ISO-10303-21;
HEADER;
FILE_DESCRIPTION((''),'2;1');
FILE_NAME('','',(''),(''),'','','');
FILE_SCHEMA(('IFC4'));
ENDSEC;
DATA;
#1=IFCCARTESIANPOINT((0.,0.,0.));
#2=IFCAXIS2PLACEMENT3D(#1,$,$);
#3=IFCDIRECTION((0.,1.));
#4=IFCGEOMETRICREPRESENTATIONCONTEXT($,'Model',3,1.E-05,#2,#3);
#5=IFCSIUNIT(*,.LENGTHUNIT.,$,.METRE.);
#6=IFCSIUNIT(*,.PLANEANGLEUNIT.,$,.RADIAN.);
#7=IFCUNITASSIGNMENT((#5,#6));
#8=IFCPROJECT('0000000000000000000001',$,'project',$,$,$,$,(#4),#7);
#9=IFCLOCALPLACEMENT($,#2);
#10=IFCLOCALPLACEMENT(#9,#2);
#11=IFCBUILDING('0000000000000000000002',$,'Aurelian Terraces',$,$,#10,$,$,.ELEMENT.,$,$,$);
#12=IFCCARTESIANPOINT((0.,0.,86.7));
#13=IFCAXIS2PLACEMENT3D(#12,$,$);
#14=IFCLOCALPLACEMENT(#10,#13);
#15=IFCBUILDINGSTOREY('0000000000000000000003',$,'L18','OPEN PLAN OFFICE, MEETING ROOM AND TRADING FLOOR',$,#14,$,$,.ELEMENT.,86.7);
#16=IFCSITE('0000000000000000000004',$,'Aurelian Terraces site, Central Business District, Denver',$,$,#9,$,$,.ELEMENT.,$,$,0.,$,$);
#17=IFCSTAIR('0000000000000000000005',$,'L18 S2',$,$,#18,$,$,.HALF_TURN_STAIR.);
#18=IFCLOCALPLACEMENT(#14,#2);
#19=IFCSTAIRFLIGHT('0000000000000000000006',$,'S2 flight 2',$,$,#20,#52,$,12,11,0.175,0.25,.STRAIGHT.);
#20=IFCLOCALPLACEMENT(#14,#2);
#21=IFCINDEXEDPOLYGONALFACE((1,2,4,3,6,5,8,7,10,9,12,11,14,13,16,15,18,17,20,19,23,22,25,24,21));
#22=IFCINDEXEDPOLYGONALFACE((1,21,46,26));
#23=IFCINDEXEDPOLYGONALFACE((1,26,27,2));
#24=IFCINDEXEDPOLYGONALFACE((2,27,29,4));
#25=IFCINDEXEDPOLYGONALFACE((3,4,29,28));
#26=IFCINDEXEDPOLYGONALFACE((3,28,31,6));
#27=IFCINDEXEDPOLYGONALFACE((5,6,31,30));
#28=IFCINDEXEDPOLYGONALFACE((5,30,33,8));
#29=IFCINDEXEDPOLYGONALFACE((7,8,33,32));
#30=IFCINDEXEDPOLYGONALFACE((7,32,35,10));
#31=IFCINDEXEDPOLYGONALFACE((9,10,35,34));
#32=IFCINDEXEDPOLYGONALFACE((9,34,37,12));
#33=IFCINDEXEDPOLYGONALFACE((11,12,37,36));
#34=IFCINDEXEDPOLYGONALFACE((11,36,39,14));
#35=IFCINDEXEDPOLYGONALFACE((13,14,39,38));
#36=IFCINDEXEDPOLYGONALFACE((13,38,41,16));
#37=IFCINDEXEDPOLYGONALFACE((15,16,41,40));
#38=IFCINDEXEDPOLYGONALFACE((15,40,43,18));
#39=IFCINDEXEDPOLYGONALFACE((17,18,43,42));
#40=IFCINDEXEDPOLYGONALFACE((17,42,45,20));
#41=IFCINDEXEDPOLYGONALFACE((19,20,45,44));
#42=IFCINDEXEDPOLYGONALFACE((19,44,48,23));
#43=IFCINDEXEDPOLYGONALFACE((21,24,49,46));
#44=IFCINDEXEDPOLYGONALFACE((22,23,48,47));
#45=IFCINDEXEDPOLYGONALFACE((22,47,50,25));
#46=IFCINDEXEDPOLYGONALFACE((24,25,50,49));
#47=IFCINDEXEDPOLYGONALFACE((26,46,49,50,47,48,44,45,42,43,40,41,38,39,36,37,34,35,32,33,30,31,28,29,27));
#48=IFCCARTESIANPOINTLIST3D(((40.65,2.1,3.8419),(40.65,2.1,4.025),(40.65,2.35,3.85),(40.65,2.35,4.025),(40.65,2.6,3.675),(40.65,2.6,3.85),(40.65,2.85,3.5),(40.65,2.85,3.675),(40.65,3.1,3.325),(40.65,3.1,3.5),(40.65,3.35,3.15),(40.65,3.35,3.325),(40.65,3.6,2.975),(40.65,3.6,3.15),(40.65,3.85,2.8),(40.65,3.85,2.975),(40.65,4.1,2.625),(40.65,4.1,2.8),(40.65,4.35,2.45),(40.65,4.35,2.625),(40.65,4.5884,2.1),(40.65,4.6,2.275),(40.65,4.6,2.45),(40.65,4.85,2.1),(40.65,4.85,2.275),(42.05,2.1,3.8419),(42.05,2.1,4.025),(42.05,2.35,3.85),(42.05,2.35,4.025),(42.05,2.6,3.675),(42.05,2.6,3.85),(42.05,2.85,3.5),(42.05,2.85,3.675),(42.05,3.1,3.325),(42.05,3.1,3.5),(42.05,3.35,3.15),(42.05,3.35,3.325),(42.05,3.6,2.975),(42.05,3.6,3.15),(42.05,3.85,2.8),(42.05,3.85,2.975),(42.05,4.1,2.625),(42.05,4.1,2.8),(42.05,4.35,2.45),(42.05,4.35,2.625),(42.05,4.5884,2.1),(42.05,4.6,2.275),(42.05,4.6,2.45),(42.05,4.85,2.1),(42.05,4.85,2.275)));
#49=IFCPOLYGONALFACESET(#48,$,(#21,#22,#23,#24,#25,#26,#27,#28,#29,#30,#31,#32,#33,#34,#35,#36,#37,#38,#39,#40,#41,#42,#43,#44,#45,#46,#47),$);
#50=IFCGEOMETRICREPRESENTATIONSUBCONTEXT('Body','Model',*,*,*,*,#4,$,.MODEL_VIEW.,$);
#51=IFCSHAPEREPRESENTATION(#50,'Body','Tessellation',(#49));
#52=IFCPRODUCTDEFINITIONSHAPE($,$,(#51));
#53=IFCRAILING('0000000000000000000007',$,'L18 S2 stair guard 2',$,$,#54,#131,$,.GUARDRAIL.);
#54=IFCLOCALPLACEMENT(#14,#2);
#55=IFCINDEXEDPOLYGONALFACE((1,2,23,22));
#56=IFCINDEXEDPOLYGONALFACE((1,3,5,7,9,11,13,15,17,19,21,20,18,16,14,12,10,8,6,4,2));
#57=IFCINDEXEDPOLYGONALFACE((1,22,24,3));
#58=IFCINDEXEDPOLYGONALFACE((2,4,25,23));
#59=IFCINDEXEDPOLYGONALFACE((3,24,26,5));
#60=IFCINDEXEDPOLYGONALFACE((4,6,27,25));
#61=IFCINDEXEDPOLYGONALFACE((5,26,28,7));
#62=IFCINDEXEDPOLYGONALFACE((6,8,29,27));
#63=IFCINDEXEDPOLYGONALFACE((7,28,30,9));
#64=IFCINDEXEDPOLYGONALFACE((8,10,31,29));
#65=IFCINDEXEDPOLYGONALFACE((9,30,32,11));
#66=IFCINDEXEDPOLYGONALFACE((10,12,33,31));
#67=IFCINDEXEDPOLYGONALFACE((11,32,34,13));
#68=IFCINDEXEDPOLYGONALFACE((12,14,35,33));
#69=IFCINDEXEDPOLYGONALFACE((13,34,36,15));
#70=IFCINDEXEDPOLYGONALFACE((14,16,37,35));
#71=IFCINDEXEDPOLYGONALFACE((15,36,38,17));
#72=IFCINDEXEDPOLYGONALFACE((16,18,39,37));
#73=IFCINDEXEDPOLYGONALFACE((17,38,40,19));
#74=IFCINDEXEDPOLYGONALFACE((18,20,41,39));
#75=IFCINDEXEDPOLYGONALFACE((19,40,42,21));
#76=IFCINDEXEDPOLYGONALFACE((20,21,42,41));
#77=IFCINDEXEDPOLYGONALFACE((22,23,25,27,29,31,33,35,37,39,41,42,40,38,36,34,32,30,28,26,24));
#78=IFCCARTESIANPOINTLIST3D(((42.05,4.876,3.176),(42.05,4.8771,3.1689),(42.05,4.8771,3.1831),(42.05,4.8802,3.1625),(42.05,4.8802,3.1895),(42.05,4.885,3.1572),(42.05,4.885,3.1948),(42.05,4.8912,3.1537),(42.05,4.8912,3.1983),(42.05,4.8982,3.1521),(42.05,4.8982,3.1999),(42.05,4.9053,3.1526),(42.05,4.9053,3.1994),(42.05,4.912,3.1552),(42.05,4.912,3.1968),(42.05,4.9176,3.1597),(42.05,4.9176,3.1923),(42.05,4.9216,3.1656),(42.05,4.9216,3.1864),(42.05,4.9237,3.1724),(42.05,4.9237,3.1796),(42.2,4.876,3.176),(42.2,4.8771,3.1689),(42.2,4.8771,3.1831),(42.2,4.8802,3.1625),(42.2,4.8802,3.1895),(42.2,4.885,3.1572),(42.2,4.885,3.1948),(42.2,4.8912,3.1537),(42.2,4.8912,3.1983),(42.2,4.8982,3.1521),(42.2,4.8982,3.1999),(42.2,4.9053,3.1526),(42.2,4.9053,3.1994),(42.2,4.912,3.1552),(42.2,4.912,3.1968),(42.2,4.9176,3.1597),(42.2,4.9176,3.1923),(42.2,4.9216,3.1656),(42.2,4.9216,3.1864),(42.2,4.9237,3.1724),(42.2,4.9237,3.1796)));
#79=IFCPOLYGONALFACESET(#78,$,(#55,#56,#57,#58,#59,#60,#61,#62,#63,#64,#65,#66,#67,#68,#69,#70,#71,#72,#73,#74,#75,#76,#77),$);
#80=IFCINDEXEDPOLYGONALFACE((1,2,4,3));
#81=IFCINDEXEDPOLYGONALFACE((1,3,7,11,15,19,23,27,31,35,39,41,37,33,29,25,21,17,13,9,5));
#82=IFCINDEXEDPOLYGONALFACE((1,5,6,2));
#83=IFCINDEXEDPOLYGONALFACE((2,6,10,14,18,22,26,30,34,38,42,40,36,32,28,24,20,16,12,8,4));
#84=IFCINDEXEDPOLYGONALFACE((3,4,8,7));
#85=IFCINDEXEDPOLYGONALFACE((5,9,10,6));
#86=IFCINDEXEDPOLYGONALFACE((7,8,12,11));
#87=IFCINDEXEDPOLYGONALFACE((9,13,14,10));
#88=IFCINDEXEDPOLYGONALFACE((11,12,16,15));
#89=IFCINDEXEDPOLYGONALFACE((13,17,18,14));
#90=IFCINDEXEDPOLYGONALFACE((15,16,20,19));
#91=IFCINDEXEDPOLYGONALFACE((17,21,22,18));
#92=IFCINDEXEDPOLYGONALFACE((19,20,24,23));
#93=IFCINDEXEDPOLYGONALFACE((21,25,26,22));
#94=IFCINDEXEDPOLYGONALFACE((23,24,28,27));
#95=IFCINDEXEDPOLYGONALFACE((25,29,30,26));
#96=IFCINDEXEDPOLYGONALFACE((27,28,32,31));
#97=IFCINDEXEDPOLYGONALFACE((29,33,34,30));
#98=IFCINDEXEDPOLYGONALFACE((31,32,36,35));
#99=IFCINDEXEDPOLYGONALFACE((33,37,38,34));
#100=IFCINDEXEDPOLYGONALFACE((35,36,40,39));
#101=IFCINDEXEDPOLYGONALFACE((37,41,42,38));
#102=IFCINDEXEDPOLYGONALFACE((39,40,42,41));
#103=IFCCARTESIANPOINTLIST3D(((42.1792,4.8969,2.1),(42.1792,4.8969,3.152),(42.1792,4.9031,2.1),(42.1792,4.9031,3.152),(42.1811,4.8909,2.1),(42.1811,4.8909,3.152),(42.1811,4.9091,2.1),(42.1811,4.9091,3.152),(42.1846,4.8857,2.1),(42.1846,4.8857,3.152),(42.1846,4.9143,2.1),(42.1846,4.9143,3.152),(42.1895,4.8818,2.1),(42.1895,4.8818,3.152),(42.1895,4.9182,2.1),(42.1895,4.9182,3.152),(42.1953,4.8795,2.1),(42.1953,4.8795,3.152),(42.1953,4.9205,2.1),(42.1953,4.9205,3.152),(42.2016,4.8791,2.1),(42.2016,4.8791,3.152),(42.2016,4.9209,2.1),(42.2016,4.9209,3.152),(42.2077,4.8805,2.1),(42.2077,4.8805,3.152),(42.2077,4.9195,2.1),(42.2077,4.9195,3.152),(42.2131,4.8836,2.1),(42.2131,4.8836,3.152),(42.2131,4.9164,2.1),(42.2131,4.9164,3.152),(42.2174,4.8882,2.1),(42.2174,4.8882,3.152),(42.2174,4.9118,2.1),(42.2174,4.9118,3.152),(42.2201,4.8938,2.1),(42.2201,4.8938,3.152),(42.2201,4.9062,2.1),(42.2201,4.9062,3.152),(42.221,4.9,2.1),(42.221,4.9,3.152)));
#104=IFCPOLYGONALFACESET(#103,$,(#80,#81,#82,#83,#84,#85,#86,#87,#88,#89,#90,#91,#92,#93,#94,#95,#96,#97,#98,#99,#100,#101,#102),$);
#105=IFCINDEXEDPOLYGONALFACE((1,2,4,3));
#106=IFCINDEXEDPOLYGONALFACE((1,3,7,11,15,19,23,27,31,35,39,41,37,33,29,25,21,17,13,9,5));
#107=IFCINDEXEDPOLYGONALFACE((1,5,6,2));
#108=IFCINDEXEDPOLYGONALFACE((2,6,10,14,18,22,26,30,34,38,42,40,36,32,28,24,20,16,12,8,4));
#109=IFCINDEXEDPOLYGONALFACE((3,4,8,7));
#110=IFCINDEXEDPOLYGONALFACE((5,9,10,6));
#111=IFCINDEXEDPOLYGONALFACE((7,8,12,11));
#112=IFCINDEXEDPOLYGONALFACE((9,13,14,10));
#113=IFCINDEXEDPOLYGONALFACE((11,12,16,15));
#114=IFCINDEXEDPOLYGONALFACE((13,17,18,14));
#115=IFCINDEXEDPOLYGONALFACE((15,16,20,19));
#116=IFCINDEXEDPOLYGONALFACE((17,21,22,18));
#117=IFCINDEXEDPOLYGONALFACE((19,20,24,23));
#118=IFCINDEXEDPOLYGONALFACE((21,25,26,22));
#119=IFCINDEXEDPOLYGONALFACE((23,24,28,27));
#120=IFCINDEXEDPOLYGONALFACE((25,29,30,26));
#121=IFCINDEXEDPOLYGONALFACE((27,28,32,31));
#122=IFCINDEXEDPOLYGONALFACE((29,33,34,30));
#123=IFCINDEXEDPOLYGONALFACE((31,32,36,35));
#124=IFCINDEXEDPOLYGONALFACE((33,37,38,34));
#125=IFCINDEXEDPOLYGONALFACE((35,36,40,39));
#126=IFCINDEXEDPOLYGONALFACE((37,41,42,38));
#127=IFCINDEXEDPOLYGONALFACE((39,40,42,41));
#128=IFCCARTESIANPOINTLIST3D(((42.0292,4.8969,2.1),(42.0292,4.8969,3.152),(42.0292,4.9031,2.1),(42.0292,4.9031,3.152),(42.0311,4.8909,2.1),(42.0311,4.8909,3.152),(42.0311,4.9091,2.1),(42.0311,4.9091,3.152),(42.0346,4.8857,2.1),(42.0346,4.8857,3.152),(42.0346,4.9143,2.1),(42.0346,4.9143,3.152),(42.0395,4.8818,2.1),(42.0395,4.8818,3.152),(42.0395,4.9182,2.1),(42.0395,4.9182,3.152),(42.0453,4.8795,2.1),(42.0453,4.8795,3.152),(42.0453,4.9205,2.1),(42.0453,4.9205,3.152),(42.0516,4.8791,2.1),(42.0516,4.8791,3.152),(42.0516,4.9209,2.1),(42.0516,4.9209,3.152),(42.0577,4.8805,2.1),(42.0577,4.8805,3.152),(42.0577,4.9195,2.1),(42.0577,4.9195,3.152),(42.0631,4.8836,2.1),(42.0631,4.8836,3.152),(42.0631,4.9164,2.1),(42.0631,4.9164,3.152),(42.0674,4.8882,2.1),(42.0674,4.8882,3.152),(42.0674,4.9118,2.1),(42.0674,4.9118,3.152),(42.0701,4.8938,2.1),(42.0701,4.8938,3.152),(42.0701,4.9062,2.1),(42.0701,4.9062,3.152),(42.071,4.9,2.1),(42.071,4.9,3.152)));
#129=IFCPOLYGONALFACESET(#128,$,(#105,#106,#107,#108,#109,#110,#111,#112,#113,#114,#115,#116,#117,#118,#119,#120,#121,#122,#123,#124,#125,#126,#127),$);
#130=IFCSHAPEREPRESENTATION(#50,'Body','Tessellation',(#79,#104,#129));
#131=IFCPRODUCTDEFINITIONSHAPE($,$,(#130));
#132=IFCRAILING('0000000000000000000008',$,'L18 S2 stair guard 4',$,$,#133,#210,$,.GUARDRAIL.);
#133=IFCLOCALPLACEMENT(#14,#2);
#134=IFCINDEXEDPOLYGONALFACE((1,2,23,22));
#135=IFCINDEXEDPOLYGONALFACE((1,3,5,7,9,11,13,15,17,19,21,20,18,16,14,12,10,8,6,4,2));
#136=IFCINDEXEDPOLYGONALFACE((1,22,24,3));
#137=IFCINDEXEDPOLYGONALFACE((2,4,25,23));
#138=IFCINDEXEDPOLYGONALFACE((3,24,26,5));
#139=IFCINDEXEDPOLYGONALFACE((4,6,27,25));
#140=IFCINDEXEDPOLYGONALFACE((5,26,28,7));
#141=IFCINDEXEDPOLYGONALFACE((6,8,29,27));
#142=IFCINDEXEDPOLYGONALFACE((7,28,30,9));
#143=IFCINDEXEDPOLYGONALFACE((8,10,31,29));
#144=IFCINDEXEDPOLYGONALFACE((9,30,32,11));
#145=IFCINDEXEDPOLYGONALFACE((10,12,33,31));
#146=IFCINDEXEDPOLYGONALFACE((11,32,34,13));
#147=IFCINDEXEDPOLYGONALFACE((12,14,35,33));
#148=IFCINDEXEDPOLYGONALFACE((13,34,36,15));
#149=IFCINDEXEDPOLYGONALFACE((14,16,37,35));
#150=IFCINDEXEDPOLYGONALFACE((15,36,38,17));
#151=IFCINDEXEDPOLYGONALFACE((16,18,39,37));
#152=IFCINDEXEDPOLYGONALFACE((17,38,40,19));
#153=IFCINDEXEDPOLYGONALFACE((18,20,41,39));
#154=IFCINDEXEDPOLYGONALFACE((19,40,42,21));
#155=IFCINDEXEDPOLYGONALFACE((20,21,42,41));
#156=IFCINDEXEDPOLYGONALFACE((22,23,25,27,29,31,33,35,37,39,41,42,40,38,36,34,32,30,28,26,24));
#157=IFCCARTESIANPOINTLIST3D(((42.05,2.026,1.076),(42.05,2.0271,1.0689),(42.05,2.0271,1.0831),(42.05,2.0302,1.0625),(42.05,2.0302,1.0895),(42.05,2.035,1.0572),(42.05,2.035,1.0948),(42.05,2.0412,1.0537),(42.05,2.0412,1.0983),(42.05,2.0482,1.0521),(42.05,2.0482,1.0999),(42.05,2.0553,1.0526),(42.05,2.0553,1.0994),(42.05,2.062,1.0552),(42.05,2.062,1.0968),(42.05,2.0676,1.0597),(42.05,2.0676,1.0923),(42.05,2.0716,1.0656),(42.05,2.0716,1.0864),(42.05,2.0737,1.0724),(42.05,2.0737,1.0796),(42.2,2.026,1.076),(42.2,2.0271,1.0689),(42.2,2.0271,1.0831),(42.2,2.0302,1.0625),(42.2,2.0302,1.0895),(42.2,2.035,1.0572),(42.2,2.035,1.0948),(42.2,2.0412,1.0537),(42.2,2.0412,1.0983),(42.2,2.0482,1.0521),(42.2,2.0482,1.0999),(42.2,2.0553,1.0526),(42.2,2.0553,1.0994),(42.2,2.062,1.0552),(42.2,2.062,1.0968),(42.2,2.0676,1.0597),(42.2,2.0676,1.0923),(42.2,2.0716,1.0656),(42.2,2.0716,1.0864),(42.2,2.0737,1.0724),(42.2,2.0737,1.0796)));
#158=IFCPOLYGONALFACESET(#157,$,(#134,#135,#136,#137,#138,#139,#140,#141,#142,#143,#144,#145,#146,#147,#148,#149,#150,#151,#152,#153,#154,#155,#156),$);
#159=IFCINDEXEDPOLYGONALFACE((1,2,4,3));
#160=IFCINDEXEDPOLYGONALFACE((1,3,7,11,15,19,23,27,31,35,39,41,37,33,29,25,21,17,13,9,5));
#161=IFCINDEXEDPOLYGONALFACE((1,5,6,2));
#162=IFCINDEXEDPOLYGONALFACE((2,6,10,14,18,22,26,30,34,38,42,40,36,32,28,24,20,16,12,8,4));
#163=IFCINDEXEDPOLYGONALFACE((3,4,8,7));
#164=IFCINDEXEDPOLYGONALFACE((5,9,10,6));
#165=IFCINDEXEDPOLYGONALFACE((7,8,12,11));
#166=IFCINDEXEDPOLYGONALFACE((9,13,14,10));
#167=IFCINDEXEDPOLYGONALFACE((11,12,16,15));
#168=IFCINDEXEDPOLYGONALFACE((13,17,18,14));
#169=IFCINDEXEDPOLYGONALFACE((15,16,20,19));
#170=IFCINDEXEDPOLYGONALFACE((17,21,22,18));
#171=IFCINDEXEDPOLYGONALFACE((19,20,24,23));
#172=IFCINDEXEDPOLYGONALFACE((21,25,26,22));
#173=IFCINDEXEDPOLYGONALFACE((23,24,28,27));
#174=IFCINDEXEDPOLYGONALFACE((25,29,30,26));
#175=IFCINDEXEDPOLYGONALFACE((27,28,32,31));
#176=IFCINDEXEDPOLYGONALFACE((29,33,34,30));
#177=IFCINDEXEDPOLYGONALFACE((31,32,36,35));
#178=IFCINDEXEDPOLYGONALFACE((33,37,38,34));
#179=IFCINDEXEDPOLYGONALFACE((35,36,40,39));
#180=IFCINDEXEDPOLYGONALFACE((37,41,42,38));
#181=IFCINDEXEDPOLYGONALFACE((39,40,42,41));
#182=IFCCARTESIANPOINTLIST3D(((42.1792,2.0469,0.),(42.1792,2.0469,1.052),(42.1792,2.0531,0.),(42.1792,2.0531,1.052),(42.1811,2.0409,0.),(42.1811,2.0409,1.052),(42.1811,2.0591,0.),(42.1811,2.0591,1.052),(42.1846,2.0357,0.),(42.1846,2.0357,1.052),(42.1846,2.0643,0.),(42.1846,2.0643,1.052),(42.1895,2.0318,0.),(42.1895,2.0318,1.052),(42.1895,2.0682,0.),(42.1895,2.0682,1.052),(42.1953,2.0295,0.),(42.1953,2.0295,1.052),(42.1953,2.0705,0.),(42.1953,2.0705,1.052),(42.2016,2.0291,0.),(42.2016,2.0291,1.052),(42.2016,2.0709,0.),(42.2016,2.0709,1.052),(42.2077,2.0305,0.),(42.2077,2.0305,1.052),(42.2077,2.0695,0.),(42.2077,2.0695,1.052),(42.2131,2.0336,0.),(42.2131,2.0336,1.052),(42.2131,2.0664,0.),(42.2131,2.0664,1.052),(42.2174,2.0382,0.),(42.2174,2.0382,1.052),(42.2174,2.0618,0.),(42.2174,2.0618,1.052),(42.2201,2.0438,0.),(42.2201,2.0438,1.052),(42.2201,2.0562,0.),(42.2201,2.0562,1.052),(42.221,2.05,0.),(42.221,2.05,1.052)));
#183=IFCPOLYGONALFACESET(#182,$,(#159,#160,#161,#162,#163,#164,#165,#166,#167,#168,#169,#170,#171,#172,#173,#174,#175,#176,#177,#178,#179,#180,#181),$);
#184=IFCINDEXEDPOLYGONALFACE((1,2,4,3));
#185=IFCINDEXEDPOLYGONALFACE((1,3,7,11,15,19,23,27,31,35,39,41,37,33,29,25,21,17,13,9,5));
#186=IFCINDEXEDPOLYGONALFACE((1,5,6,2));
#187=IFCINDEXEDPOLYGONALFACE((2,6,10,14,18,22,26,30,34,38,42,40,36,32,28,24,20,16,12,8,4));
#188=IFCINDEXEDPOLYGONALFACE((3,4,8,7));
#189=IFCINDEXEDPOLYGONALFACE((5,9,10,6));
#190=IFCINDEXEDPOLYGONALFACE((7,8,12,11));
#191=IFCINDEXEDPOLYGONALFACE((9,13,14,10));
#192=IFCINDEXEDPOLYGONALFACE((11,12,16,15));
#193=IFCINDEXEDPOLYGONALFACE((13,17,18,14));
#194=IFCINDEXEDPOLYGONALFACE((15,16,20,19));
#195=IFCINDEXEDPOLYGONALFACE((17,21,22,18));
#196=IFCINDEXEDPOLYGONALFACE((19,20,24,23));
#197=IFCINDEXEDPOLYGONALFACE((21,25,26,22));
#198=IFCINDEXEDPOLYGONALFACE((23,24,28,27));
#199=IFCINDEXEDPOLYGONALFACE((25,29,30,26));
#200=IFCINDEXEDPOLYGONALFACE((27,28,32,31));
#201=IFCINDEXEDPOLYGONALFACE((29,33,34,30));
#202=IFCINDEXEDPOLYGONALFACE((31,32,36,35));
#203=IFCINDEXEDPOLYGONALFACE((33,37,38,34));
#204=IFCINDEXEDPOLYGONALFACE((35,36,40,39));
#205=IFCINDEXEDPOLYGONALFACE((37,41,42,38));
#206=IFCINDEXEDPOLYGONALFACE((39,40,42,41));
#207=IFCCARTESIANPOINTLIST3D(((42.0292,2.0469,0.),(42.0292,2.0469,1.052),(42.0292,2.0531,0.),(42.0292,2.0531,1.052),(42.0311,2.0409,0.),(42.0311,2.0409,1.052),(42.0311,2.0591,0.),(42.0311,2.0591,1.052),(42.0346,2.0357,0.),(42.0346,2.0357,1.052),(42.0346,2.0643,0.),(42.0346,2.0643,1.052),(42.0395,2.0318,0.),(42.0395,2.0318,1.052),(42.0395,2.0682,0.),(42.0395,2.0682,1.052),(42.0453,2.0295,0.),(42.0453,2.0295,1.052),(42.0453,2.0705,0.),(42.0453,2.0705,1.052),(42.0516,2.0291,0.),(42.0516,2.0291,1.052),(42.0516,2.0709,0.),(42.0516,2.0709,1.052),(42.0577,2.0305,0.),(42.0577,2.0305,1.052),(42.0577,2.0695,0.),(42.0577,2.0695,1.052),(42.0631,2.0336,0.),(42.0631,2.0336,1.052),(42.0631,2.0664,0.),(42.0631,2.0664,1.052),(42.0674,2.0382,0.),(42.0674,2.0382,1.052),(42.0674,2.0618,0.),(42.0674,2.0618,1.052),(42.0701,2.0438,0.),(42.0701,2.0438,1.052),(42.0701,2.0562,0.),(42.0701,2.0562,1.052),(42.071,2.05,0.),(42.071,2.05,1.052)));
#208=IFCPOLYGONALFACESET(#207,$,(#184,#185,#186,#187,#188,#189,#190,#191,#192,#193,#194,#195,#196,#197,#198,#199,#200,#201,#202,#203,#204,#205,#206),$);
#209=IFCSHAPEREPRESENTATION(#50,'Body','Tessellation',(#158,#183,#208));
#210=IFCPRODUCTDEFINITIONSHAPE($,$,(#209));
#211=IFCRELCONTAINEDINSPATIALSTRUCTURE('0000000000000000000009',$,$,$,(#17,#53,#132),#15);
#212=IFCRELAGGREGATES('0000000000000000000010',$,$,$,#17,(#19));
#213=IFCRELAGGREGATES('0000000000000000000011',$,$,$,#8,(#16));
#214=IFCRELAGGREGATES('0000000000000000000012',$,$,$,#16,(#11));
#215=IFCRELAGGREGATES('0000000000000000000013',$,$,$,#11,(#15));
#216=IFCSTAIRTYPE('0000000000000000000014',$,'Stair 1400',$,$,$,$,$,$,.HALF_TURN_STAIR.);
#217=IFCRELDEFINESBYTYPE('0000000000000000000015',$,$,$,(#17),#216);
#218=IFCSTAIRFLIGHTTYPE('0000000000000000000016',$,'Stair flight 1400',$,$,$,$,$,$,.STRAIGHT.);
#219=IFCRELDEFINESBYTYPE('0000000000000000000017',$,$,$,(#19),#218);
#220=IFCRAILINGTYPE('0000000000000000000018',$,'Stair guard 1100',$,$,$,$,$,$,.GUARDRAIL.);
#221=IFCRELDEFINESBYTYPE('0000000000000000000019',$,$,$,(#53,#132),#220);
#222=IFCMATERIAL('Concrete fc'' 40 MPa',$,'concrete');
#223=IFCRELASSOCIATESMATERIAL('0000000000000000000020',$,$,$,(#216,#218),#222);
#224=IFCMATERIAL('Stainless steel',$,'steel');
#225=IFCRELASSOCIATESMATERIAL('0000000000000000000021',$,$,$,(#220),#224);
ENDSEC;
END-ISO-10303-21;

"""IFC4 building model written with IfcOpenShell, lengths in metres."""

from ifc_helpers import new_model, si_unit, direction, frame, origin, origin_2d, place, context, subcontext, project, spatial, polyline, circle, outline, extrude, source, transform, mapped, material, type_object, element, aggregate, save


model = new_model("IFC4")

# Units and contexts
model_context = context("Model", 3, precision=1e-05, world=origin(), true_north=direction((0.0, 1.0)))
body_context = subcontext(model_context, "Body", "Model", "MODEL_VIEW")
ifc_project = project(units=[si_unit("LENGTHUNIT", "METRE"), si_unit("PLANEANGLEUNIT", "RADIAN")], contexts=[model_context])

# Site, building, storey
site_placement = place(None, origin())
site = spatial("IfcSite", under=ifc_project, at=site_placement, Name="Aurelian Terraces site, Central Business District, Denver", CompositionType="ELEMENT", RefElevation=0.0)
building_placement = place(site_placement, origin())
building = spatial("IfcBuilding", under=site, at=building_placement, Name="Aurelian Terraces", CompositionType="ELEMENT")
storey_placement = place(building_placement, frame((0.0, 0.0, 86.7)))
storey = spatial("IfcBuildingStorey", under=building, at=storey_placement, Name="L18", Description="OPEN PLAN OFFICE, MEETING ROOM AND TRADING FLOOR", CompositionType="ELEMENT", Elevation=86.7)

# Shared definitions
ifc_material_1 = material(Name="Concrete fc' 40 MPa", Category="concrete")

# Stair, stair flight
stair_type = type_object("IfcStairType", Name="Stair 1400", PredefinedType="HALF_TURN_STAIR", material=ifc_material_1)
stair_placement = place(storey_placement, origin())
stair = element("IfcStair", 1, at=stair_placement, inside=storey, type_object=stair_type, Name="L18 S2", PredefinedType="HALF_TURN_STAIR")
stair_flight_type = type_object("IfcStairFlightType", Name="Stair flight 1400", PredefinedType="STRAIGHT", material=ifc_material_1)
shared_shape_1 = source(origin(), body_context, "Body", "SweptSolid", [
    extrude(outline(polyline([(0.0, 0.0), (0.0, 0.175), (0.25, 0.175), (0.25, 0.35), (0.5, 0.35), (0.5, 0.525), (0.75, 0.525), (0.75, 0.7), (1.0, 0.7), (1.0, 0.875), (1.25, 0.875), (1.25, 1.05), (1.5, 1.05), (1.5, 1.225), (1.75, 1.225), (1.75, 1.4), (2.0, 1.4), (2.0, 1.575), (2.25, 1.575), (2.25, 1.75), (2.5, 1.75), (2.5, 1.925), (2.75, 1.925), (2.75, 2.1), (2.75, 1.7419), (0.2616, 0.0), (0.0, 0.0)])), frame((0.0, 0.7, 0.0), z_axis=(0.0, -1.0, 0.0), x_axis=(1.0, 0.0, 0.0)), (0.0, 0.0, 1.0), 1.4),
])
stair_flight_1_placement = place(storey_placement, frame((41.35, 4.85, 2.1), z_axis=(0.0, 0.0, 1.0), x_axis=(0.0, -1.0, 0.0)))
stair_flight_1 = element("IfcStairFlight", 2, at=stair_flight_1_placement, type_object=stair_flight_type, Name="S2 flight 2", NumberOfRisers=12, NumberOfTreads=11, PredefinedType="STRAIGHT", RiserHeight=0.175, TreadLength=0.25, context=body_context, shape_type="MappedRepresentation", body=[
    mapped(shared_shape_1, transform((0.0, 0.0, 0.0), scale=1.0)),
])
aggregate(stair, [stair_flight_1])

# Railings
ifc_material_2 = material(Name="Stainless steel", Category="steel")
railing_type_1 = type_object("IfcRailingType", Name="Stair guard 1100", PredefinedType="GUARDRAIL", material=ifc_material_2)
shared_shape_2 = source(origin(), body_context, "Body", "SweptSolid", [
    extrude(circle(Radius=0.024, at=origin_2d()), frame((0.0, 0.0, 1.076), z_axis=(-1.0, 0.0, 0.0), x_axis=(0.0, -1.0, 0.0)), (0.0, 0.0, 1.0), 0.15),
    extrude(circle(Radius=0.021, at=origin_2d()), origin(), (0.0, 0.0, 1.0), 1.052),
    extrude(circle(Radius=0.021, at=origin_2d()), frame((-0.15, 0.0, 0.0)), (0.0, 0.0, 1.0), 1.052),
])
for number, where, name in (
    (3, (42.2, 4.9, 2.1), "L18 S2 stair guard 2"),
    (4, (42.2, 2.05, 0.0), "L18 S2 stair guard 4"),
):
    element("IfcRailing", number, at=place(storey_placement, frame(where)), inside=storey, type_object=railing_type_1, Name=name, PredefinedType="GUARDRAIL", context=body_context, shape_type="MappedRepresentation", body=[
        mapped(shared_shape_2, transform((0.0, 0.0, 0.0), scale=1.0)),
    ])

save(model, "model.ifc")
